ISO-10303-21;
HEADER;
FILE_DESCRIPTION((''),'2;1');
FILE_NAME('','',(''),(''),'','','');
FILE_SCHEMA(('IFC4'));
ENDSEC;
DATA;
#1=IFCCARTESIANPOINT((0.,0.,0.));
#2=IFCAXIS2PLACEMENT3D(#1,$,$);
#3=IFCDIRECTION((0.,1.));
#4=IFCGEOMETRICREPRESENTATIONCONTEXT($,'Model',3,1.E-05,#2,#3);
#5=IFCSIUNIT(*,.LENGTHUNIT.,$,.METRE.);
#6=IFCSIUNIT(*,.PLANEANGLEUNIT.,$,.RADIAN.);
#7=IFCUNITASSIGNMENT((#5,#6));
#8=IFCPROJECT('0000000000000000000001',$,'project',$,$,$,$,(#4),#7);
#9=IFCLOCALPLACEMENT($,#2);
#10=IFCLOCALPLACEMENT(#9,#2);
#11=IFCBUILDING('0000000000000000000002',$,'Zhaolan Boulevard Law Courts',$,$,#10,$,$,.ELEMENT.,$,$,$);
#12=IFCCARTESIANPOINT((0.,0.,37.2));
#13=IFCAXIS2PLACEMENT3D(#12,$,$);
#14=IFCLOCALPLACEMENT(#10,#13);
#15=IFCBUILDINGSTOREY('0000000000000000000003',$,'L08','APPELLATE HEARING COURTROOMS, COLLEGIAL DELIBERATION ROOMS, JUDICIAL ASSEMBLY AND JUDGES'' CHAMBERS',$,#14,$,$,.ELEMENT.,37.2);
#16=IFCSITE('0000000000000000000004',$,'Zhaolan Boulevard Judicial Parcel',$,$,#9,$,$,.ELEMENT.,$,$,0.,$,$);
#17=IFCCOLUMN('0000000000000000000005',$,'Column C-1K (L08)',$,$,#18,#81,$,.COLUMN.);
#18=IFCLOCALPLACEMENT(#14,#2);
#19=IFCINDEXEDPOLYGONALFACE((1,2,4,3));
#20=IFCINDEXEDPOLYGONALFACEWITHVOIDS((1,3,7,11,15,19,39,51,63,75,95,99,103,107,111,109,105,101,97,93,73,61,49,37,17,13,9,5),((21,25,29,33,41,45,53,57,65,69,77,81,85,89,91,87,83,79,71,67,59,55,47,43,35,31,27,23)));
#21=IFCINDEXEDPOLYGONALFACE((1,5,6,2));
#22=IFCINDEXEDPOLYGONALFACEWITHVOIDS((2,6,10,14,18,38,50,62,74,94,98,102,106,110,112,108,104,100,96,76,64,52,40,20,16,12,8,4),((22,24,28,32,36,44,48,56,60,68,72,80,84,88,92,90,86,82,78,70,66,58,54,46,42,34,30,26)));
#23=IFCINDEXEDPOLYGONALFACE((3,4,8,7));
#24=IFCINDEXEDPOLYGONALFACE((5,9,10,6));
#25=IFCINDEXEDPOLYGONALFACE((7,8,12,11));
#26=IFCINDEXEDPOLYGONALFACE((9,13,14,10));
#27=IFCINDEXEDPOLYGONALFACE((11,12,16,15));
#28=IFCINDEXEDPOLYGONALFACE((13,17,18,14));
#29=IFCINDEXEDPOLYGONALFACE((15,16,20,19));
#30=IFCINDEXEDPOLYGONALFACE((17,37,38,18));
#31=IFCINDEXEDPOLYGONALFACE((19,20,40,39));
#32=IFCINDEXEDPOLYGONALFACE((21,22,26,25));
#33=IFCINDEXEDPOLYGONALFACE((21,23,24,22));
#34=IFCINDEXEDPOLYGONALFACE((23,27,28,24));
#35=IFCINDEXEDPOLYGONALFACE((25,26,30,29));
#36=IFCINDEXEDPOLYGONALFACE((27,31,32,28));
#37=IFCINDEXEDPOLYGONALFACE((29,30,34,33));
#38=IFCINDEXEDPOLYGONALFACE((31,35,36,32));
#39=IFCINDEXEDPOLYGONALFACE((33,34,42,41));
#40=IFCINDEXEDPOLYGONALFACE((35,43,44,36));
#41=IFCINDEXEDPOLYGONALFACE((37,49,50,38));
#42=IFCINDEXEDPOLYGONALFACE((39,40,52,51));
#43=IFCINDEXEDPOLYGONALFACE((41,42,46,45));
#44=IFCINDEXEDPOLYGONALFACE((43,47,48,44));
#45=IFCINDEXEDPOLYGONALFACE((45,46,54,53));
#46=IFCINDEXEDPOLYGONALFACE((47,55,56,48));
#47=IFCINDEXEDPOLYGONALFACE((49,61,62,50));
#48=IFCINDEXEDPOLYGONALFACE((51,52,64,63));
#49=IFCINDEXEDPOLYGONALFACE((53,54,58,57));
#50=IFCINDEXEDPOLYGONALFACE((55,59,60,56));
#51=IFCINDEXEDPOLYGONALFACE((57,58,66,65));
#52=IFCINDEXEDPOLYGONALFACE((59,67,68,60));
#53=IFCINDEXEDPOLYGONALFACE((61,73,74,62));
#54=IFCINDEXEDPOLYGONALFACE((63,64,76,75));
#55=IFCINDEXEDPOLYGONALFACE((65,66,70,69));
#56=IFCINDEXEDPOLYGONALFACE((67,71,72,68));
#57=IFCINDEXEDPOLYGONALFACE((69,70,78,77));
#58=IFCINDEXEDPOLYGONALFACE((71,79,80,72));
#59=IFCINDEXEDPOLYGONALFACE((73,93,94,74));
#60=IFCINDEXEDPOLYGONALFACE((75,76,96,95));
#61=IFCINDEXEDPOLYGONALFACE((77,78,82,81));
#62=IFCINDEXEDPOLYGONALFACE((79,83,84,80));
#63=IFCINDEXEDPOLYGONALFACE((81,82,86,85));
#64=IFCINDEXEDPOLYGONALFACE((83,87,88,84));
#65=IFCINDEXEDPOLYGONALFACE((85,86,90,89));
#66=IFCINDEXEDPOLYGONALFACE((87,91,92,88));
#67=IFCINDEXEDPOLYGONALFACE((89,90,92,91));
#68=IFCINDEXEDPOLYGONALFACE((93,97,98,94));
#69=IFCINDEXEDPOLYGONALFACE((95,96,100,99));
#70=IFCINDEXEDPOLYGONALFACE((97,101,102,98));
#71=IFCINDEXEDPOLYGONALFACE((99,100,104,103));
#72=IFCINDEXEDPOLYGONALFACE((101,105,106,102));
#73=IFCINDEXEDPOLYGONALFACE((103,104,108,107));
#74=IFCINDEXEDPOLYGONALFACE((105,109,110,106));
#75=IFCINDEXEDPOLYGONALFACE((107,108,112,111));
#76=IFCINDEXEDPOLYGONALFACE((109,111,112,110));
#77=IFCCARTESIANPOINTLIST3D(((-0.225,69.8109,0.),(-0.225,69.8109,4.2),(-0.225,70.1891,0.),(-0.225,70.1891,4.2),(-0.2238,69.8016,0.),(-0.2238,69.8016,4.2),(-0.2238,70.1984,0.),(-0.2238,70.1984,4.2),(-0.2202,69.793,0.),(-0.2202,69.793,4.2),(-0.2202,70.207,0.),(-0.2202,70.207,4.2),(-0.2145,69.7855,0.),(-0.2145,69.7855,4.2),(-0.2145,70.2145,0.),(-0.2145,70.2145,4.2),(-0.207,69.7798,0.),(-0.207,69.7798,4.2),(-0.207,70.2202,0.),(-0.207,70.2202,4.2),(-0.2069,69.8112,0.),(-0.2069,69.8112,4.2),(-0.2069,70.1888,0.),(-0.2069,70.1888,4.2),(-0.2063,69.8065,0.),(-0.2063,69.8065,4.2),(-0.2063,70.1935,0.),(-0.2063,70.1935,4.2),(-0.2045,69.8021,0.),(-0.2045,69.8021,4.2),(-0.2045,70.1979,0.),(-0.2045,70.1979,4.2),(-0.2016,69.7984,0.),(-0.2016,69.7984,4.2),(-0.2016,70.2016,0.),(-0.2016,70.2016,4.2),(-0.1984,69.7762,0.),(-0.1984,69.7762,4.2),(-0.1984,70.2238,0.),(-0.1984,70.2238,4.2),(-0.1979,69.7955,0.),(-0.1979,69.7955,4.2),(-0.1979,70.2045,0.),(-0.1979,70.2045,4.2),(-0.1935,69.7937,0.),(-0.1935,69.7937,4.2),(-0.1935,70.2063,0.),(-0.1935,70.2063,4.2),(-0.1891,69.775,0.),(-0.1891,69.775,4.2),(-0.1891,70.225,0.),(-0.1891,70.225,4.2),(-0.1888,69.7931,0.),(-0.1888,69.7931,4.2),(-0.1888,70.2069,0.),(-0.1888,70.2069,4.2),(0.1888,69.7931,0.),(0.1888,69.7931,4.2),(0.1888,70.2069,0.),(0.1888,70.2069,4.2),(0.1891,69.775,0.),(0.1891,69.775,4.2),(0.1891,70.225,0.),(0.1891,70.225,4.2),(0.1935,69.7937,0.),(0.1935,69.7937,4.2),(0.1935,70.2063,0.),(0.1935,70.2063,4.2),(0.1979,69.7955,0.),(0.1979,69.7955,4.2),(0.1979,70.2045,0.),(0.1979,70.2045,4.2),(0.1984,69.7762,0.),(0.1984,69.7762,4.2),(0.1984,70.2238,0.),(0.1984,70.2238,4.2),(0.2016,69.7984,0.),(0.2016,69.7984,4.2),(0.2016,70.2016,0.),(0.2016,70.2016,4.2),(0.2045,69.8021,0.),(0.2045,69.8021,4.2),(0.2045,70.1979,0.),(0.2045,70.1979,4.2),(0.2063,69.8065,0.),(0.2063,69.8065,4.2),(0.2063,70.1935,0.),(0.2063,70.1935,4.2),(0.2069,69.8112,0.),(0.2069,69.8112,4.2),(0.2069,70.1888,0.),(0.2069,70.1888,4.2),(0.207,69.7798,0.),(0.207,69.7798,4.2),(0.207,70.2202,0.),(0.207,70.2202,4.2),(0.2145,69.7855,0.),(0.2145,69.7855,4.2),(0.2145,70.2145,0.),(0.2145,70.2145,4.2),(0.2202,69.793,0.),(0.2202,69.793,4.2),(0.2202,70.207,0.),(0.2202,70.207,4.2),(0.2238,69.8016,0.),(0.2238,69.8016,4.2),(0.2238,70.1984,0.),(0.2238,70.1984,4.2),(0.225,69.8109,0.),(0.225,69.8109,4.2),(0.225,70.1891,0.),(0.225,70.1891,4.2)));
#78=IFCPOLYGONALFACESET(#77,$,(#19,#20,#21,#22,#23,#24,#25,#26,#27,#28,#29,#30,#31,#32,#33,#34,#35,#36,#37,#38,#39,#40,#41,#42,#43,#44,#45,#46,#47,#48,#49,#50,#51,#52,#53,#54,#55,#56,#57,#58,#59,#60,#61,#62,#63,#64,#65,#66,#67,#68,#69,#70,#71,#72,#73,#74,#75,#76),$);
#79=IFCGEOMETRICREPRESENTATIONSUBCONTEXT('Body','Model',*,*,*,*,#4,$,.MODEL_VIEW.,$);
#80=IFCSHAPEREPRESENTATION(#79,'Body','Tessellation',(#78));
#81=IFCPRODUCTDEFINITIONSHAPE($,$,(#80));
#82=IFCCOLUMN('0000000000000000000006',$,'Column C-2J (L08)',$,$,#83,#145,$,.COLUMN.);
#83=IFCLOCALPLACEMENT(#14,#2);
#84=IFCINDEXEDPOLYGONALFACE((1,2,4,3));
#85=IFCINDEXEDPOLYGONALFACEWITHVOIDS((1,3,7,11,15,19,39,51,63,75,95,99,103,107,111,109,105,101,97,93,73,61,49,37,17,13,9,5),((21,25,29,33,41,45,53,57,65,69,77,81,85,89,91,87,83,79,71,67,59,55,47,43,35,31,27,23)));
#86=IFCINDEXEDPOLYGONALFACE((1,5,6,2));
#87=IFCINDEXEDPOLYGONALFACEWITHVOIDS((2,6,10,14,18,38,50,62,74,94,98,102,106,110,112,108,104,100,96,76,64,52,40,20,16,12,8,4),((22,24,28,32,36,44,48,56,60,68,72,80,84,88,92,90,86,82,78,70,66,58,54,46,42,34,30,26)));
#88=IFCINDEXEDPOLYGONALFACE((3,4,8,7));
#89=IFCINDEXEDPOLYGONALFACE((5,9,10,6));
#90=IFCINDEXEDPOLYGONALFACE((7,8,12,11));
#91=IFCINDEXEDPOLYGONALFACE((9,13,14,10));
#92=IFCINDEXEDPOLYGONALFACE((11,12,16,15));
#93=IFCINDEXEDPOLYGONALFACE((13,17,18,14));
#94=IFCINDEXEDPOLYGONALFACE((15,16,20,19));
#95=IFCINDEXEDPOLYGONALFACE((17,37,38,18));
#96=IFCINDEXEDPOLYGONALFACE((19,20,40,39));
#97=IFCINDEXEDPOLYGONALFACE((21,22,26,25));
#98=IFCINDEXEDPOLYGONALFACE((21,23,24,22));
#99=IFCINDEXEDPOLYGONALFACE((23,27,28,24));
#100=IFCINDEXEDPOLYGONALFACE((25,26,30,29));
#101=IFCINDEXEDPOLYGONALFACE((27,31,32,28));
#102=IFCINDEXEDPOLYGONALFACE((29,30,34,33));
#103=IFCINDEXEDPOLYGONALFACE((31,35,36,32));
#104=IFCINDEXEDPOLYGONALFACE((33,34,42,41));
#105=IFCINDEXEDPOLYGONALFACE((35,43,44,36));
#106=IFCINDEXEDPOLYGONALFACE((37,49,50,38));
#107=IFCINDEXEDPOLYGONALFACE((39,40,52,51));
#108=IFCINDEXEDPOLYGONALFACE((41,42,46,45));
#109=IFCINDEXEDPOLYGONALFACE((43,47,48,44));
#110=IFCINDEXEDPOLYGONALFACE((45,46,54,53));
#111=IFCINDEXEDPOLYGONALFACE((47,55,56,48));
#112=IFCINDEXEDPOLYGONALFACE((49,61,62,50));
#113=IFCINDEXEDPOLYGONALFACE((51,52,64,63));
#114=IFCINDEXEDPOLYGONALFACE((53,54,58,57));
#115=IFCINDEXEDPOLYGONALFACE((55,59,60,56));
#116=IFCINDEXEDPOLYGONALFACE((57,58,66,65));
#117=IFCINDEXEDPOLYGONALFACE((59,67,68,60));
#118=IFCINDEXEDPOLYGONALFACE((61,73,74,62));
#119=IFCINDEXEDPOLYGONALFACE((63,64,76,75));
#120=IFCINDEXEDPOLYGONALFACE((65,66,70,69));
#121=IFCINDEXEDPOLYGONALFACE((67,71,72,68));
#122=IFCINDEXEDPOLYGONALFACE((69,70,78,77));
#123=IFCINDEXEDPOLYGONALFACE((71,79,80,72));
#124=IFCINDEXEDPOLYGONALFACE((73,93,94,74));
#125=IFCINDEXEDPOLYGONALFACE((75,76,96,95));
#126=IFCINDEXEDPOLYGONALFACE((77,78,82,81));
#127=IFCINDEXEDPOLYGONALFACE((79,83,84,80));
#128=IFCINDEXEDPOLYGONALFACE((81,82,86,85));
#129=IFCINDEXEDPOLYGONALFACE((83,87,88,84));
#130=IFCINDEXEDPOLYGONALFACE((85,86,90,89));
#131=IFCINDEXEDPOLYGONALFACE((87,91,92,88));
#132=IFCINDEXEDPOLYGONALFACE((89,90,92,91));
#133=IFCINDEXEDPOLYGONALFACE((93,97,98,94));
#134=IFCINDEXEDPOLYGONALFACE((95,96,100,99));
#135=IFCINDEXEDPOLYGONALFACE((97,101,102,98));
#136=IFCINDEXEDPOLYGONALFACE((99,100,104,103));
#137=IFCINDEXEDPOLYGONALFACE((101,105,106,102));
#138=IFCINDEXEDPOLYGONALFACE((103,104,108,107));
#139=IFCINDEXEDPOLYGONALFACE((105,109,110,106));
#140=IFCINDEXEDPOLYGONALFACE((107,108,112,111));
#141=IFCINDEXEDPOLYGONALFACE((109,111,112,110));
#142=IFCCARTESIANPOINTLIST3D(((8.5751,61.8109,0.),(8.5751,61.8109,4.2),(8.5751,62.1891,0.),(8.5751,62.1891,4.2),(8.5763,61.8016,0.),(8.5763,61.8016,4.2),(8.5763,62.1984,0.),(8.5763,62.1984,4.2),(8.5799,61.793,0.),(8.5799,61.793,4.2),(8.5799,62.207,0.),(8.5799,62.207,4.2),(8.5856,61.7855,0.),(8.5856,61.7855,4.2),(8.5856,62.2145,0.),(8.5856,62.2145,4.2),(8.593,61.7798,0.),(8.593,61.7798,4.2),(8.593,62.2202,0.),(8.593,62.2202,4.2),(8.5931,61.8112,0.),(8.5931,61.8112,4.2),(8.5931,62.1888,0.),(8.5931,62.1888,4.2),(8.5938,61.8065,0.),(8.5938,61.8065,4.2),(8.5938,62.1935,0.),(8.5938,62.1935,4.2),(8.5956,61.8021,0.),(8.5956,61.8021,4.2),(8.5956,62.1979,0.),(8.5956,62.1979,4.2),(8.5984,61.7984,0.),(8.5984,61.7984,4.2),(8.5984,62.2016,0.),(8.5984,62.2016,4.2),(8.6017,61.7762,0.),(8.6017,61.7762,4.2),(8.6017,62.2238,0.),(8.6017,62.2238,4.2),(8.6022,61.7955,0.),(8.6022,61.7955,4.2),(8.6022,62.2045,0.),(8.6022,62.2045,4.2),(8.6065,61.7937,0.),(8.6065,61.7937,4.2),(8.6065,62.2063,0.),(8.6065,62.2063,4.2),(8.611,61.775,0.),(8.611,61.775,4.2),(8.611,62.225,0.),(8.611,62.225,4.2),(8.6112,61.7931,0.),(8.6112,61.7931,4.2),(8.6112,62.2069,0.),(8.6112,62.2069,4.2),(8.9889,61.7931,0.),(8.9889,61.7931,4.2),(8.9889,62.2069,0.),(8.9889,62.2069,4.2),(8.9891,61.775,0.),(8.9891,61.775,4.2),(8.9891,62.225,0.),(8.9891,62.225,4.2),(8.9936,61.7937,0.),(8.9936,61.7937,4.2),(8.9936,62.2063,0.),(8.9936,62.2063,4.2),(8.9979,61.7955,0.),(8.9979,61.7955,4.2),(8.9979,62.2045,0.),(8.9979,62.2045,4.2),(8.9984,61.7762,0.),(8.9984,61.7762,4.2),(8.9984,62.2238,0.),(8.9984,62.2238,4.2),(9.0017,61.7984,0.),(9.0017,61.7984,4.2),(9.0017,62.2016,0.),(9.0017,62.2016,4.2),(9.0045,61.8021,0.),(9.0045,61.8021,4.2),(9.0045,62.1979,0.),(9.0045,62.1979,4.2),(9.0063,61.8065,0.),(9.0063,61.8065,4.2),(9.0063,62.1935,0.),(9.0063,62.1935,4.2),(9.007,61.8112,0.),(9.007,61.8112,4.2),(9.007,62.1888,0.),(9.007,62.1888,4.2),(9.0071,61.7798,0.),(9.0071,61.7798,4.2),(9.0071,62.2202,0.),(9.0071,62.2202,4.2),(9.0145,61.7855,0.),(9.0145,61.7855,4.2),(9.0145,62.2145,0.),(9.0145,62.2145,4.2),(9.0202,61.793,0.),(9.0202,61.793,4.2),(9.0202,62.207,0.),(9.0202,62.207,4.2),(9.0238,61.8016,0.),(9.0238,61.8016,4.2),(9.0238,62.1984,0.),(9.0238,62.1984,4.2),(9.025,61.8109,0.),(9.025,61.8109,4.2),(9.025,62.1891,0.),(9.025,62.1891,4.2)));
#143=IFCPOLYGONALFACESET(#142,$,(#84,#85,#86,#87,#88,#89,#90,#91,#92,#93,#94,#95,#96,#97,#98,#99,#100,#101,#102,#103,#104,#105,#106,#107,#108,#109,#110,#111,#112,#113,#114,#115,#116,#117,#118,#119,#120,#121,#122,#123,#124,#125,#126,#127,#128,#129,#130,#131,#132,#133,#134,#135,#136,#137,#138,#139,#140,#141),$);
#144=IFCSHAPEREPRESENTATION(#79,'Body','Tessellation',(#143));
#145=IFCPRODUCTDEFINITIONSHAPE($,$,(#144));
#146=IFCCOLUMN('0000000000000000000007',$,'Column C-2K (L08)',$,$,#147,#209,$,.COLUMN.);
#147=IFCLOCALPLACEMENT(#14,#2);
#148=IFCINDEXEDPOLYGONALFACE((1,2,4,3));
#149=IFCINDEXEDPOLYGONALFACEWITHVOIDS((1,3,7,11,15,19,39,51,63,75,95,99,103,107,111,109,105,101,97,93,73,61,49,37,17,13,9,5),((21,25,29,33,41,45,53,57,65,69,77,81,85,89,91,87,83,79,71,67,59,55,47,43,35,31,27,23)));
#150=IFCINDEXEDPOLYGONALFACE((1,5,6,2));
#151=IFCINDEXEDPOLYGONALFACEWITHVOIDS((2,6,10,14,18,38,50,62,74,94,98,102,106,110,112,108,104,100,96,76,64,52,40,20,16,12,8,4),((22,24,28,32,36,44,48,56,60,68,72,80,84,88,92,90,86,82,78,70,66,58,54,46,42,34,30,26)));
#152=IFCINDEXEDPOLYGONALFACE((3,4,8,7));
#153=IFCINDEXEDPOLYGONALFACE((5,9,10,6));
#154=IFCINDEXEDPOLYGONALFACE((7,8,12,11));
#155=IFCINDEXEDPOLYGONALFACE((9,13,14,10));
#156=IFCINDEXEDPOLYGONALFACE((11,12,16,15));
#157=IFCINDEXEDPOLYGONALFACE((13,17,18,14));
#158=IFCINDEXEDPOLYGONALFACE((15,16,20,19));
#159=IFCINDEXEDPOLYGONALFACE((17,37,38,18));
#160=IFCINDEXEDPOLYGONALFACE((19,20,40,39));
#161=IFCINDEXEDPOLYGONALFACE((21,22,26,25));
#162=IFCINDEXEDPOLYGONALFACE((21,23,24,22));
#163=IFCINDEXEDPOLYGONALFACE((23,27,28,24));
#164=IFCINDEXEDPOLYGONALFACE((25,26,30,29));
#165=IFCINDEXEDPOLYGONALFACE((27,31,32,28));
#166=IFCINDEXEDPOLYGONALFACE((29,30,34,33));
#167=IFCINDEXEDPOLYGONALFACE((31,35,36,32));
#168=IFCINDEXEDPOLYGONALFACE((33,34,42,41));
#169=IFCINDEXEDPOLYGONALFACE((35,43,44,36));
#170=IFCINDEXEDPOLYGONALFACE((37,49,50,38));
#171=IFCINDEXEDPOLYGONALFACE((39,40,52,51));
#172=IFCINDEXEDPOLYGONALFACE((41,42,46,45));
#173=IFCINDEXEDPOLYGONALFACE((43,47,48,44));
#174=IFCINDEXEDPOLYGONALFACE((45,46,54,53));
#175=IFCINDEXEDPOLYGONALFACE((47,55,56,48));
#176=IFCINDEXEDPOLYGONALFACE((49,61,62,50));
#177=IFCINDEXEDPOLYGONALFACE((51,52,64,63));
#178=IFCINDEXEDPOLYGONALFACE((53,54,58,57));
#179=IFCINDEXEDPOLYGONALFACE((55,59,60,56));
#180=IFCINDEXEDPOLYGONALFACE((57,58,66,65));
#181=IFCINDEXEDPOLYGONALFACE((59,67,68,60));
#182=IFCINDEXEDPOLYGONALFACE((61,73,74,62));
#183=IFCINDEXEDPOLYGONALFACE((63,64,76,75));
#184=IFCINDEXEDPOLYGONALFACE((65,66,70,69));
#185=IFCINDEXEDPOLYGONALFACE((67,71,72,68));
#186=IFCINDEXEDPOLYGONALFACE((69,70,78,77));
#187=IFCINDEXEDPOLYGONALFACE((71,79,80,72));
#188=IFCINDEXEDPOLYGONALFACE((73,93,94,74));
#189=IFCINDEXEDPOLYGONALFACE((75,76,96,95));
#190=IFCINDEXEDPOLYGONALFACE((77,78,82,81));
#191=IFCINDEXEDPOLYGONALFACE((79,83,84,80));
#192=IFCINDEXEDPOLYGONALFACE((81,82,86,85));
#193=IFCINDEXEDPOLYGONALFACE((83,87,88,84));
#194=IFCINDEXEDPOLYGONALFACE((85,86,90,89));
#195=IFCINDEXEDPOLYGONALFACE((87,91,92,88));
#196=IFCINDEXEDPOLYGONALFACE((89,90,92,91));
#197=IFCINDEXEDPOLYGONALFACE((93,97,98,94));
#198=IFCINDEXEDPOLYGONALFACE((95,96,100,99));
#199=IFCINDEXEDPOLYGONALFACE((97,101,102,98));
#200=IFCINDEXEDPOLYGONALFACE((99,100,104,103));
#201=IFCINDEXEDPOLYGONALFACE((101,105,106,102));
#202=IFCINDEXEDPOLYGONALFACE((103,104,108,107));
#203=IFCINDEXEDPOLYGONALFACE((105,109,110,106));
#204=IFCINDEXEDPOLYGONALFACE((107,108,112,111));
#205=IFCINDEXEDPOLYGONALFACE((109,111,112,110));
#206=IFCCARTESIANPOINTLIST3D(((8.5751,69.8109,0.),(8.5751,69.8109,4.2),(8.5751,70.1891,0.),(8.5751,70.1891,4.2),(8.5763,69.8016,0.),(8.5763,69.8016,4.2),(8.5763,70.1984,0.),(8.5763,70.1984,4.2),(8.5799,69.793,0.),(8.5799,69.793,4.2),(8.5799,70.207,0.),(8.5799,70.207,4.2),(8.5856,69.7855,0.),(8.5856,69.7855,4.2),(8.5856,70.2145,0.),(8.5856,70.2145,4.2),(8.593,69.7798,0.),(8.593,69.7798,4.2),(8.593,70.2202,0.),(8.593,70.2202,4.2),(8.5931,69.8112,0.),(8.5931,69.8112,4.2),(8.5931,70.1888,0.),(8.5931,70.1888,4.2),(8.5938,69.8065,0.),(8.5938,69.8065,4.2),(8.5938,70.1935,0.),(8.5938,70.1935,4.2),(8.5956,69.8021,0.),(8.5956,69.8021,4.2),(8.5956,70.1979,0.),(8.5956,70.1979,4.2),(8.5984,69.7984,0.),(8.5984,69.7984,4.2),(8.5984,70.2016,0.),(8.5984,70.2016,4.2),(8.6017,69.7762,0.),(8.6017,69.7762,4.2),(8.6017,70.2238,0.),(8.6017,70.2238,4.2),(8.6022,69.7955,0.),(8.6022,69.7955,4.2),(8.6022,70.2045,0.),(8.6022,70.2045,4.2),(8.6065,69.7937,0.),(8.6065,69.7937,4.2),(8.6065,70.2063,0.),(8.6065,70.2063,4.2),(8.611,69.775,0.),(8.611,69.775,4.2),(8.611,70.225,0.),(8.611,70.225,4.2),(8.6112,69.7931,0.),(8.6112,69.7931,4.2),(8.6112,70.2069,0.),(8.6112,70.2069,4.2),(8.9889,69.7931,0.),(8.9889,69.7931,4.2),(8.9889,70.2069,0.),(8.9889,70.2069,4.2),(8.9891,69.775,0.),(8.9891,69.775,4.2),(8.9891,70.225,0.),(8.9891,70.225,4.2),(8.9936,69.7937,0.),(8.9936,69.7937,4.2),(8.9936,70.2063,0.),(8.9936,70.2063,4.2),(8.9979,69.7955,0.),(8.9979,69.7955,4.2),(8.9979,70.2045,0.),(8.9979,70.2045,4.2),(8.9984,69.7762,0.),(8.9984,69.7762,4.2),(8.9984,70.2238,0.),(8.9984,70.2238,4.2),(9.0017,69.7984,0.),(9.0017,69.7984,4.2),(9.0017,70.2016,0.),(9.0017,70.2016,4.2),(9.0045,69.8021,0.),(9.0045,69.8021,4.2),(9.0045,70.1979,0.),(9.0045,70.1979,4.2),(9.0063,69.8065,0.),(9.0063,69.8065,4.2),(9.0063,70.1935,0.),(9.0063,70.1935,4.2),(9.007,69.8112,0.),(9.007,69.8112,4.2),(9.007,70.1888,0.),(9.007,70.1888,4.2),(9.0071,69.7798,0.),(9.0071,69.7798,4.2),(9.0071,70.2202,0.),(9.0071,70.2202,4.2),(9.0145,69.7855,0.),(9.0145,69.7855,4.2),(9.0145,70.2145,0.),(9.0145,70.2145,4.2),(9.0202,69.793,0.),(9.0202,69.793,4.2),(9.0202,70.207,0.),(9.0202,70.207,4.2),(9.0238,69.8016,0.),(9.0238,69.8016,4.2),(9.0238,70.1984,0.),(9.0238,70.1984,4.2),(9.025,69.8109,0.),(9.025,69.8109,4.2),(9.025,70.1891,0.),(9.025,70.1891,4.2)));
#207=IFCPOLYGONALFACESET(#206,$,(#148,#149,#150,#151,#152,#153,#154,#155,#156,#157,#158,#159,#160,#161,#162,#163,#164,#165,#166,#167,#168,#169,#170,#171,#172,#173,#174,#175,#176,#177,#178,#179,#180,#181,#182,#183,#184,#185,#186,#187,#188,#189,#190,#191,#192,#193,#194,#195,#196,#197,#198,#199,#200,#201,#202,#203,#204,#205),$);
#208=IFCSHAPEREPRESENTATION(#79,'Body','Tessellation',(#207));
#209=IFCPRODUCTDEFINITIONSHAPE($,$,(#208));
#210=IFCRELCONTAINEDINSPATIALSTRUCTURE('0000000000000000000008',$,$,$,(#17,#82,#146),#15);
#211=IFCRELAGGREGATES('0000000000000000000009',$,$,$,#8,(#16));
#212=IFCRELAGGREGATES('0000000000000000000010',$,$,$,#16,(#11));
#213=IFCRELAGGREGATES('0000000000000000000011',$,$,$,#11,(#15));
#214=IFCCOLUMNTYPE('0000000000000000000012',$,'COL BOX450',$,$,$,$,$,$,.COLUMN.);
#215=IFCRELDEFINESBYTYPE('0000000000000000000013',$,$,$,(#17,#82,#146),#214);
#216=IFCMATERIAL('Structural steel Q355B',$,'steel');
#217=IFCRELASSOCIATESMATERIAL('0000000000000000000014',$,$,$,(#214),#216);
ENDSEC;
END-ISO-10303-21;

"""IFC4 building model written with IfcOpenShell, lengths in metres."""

from ifc_helpers import new_model, si_unit, direction, frame, origin, origin_2d, place, context, subcontext, project, spatial, hollow_rectangle, extrude, material, material_profile, profile_set, type_object, element, save


model = new_model("IFC4")

# Units and contexts
model_context = context("Model", 3, precision=1e-05, world=origin(), true_north=direction((0.0, 1.0)))
body_context = subcontext(model_context, "Body", "Model", "MODEL_VIEW")
ifc_project = project(units=[si_unit("LENGTHUNIT", "METRE"), si_unit("PLANEANGLEUNIT", "RADIAN")], contexts=[model_context])

# Site, building, storey
site_placement = place(None, origin())
site = spatial("IfcSite", under=ifc_project, at=site_placement, Name="Zhaolan Boulevard Judicial Parcel", CompositionType="ELEMENT", RefElevation=0.0)
building_placement = place(site_placement, origin())
building = spatial("IfcBuilding", under=site, at=building_placement, Name="Zhaolan Boulevard Law Courts", CompositionType="ELEMENT")
storey_placement = place(building_placement, frame((0.0, 0.0, 37.2)))
storey = spatial("IfcBuildingStorey", under=building, at=storey_placement, Name="L08", Description="APPELLATE HEARING COURTROOMS, COLLEGIAL DELIBERATION ROOMS, JUDICIAL ASSEMBLY AND JUDGES' CHAMBERS", CompositionType="ELEMENT", Elevation=37.2)

# Columns
ifc_material_1 = material(Name="Structural steel Q355B", Category="steel")
ifc_material_profile_1 = material_profile(ifc_material_1, hollow_rectangle(XDim=0.45, YDim=0.45, WallThickness=0.0181, InnerFilletRadius=0.0181, OuterFilletRadius=0.0359, at=origin_2d()), Name="BOX450x450x18")
ifc_profile_set_1 = profile_set([ifc_material_profile_1], Name="Structural steel Q355B")
column_type = type_object("IfcColumnType", Name="COL BOX450", PredefinedType="COLUMN", material=ifc_profile_set_1)
for number, where, z_axis, x_axis, name in (
    (1, (0.0, 70.0, 0.0), (0.0, 0.0, 1.0), (1.0, 0.0, 0.0), "Column C-1K (L08)"),
    (2, (8.8, 62.0, 0.0), (0.0, 0.0, 1.0), (1.0, 0.0, 0.0), "Column C-2J (L08)"),
    (3, (8.8, 70.0, 0.0), (0.0, 0.0, 1.0), (1.0, 0.0, 0.0), "Column C-2K (L08)"),
):
    element("IfcColumn", number, at=place(storey_placement, frame(where, z_axis=z_axis, x_axis=x_axis)), inside=storey, type_object=column_type, Name=name, PredefinedType="COLUMN", context=body_context, shape_type="SweptSolid", body=[
        extrude(hollow_rectangle(XDim=0.45, YDim=0.45, WallThickness=0.0181, InnerFilletRadius=0.0181, OuterFilletRadius=0.0359, at=origin_2d()), origin(), (0.0, 0.0, 1.0), 4.2),
    ])

save(model, "model.ifc")
